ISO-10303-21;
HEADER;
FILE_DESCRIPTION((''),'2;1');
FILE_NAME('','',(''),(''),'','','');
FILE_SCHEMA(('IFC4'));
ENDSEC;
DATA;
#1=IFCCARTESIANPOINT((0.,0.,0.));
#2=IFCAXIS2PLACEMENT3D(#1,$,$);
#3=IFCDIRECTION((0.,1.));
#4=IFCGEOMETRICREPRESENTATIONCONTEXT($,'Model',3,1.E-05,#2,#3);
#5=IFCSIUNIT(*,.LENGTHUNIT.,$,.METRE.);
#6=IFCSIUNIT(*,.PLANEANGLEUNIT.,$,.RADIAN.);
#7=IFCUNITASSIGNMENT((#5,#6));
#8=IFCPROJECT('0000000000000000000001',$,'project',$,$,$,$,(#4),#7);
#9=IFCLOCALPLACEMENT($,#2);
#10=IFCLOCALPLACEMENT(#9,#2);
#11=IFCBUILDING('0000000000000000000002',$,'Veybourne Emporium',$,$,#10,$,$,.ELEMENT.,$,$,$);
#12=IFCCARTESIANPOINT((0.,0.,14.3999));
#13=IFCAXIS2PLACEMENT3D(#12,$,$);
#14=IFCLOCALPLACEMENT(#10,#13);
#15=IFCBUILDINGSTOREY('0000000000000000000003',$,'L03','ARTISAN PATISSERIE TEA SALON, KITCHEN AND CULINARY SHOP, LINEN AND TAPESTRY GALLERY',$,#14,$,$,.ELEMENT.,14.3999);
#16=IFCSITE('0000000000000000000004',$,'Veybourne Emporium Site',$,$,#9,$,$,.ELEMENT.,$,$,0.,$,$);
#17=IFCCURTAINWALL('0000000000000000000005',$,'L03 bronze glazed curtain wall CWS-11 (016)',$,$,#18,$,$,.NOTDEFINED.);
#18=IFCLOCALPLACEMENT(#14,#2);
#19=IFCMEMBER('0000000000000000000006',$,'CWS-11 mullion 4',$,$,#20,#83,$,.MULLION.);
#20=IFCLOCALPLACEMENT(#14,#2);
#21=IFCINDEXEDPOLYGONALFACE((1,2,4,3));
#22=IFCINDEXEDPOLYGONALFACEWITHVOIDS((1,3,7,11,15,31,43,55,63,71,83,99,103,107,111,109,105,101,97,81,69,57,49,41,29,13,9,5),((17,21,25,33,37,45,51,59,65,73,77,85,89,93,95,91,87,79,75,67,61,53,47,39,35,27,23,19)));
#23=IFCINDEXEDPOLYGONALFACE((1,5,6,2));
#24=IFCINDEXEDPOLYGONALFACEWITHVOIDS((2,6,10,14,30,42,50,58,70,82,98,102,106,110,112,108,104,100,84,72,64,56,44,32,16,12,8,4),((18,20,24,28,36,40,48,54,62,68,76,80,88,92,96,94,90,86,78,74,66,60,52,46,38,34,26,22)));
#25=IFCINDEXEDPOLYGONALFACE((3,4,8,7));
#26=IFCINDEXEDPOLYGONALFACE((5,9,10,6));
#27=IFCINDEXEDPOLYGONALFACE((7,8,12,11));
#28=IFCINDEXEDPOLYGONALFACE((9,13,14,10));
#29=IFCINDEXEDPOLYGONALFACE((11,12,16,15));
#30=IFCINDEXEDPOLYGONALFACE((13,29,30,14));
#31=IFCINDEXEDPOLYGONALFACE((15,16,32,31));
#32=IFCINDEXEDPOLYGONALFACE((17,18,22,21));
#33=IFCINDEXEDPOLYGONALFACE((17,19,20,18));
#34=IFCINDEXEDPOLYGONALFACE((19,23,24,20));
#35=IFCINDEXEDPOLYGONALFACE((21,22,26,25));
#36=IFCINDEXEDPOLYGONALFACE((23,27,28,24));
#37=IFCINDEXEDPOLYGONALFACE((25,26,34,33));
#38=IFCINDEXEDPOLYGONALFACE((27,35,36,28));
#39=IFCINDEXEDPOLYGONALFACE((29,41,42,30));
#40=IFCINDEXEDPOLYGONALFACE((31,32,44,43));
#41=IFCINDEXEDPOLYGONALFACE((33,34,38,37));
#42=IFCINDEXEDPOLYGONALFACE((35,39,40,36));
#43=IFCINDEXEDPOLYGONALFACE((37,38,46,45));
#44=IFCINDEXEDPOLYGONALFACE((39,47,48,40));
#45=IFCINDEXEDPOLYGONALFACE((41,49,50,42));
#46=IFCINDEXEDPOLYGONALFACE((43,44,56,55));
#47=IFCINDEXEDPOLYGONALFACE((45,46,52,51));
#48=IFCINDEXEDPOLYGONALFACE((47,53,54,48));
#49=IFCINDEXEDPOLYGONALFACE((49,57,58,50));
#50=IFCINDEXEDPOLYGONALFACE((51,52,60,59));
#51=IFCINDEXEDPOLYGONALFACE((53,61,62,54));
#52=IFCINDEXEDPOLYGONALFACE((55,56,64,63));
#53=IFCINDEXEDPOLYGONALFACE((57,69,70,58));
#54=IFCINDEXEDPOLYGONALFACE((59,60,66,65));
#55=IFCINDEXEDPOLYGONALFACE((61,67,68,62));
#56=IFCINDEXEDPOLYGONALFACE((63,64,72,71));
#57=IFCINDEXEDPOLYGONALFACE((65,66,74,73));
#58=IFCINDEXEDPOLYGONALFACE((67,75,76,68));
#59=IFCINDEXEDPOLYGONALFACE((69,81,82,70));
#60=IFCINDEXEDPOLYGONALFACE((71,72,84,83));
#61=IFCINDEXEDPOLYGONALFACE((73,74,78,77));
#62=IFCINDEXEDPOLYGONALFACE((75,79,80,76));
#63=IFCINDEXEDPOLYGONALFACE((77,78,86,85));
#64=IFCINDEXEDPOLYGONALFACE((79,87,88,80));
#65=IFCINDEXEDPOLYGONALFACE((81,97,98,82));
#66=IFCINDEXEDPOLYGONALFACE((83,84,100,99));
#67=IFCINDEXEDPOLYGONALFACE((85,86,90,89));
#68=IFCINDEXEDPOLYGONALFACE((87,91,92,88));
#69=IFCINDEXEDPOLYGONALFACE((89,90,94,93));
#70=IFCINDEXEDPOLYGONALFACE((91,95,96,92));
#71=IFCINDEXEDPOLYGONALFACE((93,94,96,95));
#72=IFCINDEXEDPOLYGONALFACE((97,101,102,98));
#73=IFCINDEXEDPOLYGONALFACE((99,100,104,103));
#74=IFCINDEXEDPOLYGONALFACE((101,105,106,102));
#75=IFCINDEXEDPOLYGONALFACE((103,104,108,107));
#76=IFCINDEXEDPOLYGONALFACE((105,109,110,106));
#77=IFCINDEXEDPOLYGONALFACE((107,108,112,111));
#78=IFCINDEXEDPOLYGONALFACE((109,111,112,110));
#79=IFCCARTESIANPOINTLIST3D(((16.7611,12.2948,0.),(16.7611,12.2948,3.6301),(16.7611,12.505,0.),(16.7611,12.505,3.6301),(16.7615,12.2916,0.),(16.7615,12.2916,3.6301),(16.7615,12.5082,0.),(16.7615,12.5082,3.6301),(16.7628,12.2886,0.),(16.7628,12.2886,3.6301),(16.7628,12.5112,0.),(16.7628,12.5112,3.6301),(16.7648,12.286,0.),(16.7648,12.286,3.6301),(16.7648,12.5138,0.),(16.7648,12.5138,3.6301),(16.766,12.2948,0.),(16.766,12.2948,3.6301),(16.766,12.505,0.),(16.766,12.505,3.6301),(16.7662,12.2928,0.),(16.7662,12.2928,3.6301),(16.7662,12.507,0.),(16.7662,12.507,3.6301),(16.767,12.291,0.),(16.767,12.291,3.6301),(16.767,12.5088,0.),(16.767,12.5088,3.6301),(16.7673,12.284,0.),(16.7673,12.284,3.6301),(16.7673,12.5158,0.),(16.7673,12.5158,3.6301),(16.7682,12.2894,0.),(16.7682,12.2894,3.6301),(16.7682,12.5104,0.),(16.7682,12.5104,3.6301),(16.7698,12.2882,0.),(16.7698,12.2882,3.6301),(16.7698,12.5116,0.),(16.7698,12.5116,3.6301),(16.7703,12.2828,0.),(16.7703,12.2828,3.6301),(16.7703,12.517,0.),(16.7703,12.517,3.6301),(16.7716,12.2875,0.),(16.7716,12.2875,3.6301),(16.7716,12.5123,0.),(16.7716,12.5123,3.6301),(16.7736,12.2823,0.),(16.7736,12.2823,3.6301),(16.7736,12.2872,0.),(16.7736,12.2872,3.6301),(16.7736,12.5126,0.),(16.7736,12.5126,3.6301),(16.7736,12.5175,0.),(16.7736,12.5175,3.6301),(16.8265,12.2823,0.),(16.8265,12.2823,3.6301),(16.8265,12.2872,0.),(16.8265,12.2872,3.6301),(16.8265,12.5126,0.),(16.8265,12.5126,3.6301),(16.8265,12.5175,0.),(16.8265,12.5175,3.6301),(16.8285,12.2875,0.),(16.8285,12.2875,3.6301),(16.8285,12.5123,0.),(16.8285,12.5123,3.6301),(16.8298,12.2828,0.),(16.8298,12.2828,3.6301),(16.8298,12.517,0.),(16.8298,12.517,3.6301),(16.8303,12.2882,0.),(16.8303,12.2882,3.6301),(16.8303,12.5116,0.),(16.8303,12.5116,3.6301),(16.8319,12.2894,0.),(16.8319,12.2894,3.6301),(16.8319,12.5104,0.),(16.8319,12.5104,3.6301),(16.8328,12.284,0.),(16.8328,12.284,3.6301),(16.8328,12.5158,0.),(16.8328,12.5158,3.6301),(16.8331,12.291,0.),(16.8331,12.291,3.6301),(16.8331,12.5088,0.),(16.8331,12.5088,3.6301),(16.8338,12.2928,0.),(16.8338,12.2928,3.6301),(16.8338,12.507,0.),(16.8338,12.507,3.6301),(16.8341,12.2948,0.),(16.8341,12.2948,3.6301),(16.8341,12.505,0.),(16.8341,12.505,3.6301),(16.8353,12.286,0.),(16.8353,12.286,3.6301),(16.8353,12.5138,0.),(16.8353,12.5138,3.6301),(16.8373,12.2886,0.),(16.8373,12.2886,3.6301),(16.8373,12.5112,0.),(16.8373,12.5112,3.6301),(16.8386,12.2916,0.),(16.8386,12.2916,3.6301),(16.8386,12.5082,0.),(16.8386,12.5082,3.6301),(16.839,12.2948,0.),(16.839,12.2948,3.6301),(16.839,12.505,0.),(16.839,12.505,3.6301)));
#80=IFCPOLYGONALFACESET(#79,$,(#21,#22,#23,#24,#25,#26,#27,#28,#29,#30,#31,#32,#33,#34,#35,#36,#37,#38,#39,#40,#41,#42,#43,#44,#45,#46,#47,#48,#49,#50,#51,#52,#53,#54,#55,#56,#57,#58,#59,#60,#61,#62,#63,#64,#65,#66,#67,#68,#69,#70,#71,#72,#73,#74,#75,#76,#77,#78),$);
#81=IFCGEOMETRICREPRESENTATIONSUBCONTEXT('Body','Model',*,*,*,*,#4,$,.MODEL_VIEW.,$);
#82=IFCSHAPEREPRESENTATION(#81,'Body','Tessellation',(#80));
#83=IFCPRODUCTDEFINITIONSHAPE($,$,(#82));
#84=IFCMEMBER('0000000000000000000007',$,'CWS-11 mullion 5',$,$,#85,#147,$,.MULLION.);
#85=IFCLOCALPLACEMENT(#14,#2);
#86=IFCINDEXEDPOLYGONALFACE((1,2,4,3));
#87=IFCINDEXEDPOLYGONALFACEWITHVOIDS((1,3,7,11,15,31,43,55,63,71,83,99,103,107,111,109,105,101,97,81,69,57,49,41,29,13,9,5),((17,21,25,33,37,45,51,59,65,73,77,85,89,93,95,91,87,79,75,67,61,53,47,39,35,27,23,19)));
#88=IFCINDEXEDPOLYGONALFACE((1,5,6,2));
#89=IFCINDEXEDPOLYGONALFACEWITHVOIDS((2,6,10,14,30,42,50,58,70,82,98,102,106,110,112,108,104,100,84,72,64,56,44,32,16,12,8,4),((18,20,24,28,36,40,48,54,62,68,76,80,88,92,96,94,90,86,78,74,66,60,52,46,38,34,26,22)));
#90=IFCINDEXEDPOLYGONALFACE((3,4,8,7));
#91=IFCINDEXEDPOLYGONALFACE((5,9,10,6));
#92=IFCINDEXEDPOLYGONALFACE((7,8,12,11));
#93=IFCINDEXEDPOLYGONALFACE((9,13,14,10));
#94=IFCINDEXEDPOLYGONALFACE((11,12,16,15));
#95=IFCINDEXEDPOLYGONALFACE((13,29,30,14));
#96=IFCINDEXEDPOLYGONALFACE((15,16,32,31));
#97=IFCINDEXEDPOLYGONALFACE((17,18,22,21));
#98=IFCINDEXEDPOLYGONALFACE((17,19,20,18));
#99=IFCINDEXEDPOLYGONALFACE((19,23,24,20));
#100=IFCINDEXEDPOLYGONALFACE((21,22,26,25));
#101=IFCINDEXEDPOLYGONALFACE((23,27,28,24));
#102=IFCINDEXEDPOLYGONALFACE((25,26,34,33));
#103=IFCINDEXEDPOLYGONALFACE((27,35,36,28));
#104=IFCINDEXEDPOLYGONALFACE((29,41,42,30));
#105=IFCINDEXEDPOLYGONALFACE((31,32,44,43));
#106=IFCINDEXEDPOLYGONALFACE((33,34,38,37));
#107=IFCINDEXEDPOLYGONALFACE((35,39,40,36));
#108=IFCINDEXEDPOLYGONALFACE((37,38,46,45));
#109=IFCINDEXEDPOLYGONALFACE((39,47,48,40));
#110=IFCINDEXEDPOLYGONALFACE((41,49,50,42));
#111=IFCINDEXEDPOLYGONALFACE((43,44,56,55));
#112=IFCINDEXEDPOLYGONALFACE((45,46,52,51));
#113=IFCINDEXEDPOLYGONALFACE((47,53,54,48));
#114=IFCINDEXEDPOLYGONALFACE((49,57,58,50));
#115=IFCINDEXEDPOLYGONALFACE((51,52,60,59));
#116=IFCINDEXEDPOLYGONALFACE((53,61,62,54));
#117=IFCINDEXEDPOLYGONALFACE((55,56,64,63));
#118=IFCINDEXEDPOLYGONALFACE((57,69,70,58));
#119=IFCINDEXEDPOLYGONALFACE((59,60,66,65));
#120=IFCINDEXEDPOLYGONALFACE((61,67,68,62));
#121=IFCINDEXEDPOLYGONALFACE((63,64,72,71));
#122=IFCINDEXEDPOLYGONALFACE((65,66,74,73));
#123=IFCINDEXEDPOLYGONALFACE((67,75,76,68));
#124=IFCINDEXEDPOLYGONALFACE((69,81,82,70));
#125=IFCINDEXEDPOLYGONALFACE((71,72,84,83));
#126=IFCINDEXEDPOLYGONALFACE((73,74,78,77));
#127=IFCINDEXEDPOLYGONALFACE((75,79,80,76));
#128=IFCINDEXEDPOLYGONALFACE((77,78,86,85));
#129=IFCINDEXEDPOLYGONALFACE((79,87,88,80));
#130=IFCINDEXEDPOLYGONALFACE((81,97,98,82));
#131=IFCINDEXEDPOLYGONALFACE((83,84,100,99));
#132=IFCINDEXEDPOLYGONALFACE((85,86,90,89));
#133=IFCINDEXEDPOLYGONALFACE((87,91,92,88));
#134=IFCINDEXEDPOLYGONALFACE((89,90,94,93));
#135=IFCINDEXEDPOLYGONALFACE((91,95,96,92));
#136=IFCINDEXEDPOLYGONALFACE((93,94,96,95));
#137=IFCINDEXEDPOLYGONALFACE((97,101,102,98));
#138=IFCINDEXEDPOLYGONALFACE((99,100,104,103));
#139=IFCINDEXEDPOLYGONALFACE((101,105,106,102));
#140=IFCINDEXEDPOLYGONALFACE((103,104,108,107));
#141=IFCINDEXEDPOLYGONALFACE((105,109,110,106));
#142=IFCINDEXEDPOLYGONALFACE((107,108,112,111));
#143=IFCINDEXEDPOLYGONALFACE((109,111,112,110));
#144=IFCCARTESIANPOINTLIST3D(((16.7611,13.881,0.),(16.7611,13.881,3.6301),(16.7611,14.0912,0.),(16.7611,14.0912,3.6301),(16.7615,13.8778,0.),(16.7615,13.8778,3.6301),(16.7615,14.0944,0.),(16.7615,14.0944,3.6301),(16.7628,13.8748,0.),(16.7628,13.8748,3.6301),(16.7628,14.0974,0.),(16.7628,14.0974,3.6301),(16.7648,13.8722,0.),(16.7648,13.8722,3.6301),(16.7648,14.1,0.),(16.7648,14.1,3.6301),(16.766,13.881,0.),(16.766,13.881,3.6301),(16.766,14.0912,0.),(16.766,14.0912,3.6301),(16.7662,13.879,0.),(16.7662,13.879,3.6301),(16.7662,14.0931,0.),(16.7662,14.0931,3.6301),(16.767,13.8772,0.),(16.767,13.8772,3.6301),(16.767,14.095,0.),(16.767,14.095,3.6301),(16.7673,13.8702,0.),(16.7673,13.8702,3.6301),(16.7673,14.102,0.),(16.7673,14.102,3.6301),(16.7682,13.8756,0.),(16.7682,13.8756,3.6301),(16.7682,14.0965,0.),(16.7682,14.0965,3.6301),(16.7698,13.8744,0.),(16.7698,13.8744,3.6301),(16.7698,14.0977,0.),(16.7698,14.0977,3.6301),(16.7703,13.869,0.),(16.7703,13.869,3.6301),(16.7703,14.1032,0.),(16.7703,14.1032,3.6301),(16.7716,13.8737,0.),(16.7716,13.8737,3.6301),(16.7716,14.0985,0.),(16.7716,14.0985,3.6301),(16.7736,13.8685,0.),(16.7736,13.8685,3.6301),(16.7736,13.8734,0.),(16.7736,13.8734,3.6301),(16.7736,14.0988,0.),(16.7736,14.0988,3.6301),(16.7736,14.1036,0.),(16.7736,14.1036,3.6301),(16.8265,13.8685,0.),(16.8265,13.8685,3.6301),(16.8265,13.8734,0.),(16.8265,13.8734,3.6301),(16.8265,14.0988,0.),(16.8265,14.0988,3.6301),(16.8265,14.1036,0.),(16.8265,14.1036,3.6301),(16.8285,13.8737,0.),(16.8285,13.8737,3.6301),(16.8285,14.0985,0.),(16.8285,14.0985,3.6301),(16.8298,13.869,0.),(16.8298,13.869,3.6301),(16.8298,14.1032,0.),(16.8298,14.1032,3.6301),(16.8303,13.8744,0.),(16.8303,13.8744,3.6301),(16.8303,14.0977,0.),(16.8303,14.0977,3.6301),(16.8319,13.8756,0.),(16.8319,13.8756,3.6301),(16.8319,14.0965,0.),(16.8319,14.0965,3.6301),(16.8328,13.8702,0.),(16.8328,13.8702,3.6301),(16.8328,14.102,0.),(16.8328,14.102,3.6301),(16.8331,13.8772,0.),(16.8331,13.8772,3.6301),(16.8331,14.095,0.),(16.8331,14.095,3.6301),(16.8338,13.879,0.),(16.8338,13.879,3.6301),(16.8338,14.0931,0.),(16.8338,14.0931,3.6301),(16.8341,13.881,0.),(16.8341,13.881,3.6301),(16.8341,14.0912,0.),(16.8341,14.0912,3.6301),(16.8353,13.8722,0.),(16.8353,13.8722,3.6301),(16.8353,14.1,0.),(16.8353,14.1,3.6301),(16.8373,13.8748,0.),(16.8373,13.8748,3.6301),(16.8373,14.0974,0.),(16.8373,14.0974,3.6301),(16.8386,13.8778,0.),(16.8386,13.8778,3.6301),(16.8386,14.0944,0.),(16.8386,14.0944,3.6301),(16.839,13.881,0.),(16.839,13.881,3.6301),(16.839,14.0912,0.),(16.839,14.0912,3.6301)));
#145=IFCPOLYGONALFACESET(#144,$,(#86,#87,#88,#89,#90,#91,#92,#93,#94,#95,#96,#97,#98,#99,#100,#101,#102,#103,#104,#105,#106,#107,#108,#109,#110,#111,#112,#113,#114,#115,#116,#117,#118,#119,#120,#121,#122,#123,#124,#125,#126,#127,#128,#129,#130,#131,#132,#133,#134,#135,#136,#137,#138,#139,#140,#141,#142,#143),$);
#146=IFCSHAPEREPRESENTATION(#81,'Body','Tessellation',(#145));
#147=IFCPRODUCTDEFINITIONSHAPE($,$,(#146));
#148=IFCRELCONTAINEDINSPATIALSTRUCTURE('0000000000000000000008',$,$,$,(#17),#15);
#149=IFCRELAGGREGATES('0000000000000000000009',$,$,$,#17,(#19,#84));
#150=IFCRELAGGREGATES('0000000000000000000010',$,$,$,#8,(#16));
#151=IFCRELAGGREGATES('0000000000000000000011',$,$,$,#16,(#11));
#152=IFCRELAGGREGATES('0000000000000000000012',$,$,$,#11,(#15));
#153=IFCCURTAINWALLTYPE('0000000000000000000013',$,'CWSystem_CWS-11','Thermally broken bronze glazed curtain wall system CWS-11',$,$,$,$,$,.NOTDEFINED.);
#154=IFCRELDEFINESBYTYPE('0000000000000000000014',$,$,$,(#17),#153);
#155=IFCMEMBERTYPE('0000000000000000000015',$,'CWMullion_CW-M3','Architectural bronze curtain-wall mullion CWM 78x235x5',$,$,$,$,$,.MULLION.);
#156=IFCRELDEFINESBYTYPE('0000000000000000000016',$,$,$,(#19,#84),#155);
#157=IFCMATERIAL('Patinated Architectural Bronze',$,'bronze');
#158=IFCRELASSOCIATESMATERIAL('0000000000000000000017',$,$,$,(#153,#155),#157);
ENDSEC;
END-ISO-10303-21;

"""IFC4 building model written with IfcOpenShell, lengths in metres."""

from ifc_helpers import new_model, si_unit, direction, frame, origin, origin_2d, place, context, subcontext, project, spatial, hollow_rectangle, extrude, material, material_profile, profile_set, type_object, element, aggregate, save


model = new_model("IFC4")

# Units and contexts
model_context = context("Model", 3, precision=1e-05, world=origin(), true_north=direction((0.0, 1.0)))
body_context = subcontext(model_context, "Body", "Model", "MODEL_VIEW")
ifc_project = project(units=[si_unit("LENGTHUNIT", "METRE"), si_unit("PLANEANGLEUNIT", "RADIAN")], contexts=[model_context])

# Site, building, storey
site_placement = place(None, origin())
site = spatial("IfcSite", under=ifc_project, at=site_placement, Name="Veybourne Emporium Site", CompositionType="ELEMENT", RefElevation=0.0)
building_placement = place(site_placement, origin())
building = spatial("IfcBuilding", under=site, at=building_placement, Name="Veybourne Emporium", CompositionType="ELEMENT")
storey_placement = place(building_placement, frame((0.0, 0.0, 14.3999)))
storey = spatial("IfcBuildingStorey", under=building, at=storey_placement, Name="L03", Description="ARTISAN PATISSERIE TEA SALON, KITCHEN AND CULINARY SHOP, LINEN AND TAPESTRY GALLERY", CompositionType="ELEMENT", Elevation=14.3999)

# Curtain wall, members
ifc_material_1 = material(Name="Patinated Architectural Bronze", Category="bronze")
curtain_wall_type = type_object("IfcCurtainWallType", Name="CWSystem_CWS-11", Description="Thermally broken bronze glazed curtain wall system CWS-11", PredefinedType="NOTDEFINED", material=ifc_material_1)
curtain_wall_placement = place(storey_placement, origin())
curtain_wall = element("IfcCurtainWall", 1, at=curtain_wall_placement, inside=storey, type_object=curtain_wall_type, Name="L03 bronze glazed curtain wall CWS-11 (016)", PredefinedType="NOTDEFINED")
ifc_material_profile_1 = material_profile(ifc_material_1, hollow_rectangle(XDim=0.0779, YDim=0.2351, WallThickness=0.0049, InnerFilletRadius=0.0076, OuterFilletRadius=0.0125, at=origin_2d()), Name="CWM 78x235x5")
ifc_profile_set_1 = profile_set([ifc_material_profile_1], Name="Patinated Architectural Bronze")
member_type_1 = type_object("IfcMemberType", Name="CWMullion_CW-M3", Description="Architectural bronze curtain-wall mullion CWM 78x235x5", PredefinedType="MULLION", material=ifc_profile_set_1)
member_1_placement = place(storey_placement, frame((16.8, 12.3999, 0.0), z_axis=(0.0, 0.0, 1.0), x_axis=(-1.0, 0.0, 0.0)))
member_1 = element("IfcMember", 2, at=member_1_placement, type_object=member_type_1, Name="CWS-11 mullion 4", PredefinedType="MULLION", context=body_context, shape_type="SweptSolid", body=[
    extrude(hollow_rectangle(XDim=0.0779, YDim=0.2351, WallThickness=0.0049, InnerFilletRadius=0.0076, OuterFilletRadius=0.0125, at=origin_2d()), origin(), (0.0, 0.0, 1.0), 3.6301),
])
member_2_placement = place(storey_placement, frame((16.8, 13.9861, 0.0), z_axis=(0.0, 0.0, 1.0), x_axis=(-1.0, 0.0, 0.0)))
member_2 = element("IfcMember", 3, at=member_2_placement, type_object=member_type_1, Name="CWS-11 mullion 5", PredefinedType="MULLION", context=body_context, shape_type="SweptSolid", body=[
    extrude(hollow_rectangle(XDim=0.0779, YDim=0.2351, WallThickness=0.0049, InnerFilletRadius=0.0076, OuterFilletRadius=0.0125, at=origin_2d()), origin(), (0.0, 0.0, 1.0), 3.6301),
])
aggregate(curtain_wall, [member_1, member_2])

save(model, "model.ifc")
